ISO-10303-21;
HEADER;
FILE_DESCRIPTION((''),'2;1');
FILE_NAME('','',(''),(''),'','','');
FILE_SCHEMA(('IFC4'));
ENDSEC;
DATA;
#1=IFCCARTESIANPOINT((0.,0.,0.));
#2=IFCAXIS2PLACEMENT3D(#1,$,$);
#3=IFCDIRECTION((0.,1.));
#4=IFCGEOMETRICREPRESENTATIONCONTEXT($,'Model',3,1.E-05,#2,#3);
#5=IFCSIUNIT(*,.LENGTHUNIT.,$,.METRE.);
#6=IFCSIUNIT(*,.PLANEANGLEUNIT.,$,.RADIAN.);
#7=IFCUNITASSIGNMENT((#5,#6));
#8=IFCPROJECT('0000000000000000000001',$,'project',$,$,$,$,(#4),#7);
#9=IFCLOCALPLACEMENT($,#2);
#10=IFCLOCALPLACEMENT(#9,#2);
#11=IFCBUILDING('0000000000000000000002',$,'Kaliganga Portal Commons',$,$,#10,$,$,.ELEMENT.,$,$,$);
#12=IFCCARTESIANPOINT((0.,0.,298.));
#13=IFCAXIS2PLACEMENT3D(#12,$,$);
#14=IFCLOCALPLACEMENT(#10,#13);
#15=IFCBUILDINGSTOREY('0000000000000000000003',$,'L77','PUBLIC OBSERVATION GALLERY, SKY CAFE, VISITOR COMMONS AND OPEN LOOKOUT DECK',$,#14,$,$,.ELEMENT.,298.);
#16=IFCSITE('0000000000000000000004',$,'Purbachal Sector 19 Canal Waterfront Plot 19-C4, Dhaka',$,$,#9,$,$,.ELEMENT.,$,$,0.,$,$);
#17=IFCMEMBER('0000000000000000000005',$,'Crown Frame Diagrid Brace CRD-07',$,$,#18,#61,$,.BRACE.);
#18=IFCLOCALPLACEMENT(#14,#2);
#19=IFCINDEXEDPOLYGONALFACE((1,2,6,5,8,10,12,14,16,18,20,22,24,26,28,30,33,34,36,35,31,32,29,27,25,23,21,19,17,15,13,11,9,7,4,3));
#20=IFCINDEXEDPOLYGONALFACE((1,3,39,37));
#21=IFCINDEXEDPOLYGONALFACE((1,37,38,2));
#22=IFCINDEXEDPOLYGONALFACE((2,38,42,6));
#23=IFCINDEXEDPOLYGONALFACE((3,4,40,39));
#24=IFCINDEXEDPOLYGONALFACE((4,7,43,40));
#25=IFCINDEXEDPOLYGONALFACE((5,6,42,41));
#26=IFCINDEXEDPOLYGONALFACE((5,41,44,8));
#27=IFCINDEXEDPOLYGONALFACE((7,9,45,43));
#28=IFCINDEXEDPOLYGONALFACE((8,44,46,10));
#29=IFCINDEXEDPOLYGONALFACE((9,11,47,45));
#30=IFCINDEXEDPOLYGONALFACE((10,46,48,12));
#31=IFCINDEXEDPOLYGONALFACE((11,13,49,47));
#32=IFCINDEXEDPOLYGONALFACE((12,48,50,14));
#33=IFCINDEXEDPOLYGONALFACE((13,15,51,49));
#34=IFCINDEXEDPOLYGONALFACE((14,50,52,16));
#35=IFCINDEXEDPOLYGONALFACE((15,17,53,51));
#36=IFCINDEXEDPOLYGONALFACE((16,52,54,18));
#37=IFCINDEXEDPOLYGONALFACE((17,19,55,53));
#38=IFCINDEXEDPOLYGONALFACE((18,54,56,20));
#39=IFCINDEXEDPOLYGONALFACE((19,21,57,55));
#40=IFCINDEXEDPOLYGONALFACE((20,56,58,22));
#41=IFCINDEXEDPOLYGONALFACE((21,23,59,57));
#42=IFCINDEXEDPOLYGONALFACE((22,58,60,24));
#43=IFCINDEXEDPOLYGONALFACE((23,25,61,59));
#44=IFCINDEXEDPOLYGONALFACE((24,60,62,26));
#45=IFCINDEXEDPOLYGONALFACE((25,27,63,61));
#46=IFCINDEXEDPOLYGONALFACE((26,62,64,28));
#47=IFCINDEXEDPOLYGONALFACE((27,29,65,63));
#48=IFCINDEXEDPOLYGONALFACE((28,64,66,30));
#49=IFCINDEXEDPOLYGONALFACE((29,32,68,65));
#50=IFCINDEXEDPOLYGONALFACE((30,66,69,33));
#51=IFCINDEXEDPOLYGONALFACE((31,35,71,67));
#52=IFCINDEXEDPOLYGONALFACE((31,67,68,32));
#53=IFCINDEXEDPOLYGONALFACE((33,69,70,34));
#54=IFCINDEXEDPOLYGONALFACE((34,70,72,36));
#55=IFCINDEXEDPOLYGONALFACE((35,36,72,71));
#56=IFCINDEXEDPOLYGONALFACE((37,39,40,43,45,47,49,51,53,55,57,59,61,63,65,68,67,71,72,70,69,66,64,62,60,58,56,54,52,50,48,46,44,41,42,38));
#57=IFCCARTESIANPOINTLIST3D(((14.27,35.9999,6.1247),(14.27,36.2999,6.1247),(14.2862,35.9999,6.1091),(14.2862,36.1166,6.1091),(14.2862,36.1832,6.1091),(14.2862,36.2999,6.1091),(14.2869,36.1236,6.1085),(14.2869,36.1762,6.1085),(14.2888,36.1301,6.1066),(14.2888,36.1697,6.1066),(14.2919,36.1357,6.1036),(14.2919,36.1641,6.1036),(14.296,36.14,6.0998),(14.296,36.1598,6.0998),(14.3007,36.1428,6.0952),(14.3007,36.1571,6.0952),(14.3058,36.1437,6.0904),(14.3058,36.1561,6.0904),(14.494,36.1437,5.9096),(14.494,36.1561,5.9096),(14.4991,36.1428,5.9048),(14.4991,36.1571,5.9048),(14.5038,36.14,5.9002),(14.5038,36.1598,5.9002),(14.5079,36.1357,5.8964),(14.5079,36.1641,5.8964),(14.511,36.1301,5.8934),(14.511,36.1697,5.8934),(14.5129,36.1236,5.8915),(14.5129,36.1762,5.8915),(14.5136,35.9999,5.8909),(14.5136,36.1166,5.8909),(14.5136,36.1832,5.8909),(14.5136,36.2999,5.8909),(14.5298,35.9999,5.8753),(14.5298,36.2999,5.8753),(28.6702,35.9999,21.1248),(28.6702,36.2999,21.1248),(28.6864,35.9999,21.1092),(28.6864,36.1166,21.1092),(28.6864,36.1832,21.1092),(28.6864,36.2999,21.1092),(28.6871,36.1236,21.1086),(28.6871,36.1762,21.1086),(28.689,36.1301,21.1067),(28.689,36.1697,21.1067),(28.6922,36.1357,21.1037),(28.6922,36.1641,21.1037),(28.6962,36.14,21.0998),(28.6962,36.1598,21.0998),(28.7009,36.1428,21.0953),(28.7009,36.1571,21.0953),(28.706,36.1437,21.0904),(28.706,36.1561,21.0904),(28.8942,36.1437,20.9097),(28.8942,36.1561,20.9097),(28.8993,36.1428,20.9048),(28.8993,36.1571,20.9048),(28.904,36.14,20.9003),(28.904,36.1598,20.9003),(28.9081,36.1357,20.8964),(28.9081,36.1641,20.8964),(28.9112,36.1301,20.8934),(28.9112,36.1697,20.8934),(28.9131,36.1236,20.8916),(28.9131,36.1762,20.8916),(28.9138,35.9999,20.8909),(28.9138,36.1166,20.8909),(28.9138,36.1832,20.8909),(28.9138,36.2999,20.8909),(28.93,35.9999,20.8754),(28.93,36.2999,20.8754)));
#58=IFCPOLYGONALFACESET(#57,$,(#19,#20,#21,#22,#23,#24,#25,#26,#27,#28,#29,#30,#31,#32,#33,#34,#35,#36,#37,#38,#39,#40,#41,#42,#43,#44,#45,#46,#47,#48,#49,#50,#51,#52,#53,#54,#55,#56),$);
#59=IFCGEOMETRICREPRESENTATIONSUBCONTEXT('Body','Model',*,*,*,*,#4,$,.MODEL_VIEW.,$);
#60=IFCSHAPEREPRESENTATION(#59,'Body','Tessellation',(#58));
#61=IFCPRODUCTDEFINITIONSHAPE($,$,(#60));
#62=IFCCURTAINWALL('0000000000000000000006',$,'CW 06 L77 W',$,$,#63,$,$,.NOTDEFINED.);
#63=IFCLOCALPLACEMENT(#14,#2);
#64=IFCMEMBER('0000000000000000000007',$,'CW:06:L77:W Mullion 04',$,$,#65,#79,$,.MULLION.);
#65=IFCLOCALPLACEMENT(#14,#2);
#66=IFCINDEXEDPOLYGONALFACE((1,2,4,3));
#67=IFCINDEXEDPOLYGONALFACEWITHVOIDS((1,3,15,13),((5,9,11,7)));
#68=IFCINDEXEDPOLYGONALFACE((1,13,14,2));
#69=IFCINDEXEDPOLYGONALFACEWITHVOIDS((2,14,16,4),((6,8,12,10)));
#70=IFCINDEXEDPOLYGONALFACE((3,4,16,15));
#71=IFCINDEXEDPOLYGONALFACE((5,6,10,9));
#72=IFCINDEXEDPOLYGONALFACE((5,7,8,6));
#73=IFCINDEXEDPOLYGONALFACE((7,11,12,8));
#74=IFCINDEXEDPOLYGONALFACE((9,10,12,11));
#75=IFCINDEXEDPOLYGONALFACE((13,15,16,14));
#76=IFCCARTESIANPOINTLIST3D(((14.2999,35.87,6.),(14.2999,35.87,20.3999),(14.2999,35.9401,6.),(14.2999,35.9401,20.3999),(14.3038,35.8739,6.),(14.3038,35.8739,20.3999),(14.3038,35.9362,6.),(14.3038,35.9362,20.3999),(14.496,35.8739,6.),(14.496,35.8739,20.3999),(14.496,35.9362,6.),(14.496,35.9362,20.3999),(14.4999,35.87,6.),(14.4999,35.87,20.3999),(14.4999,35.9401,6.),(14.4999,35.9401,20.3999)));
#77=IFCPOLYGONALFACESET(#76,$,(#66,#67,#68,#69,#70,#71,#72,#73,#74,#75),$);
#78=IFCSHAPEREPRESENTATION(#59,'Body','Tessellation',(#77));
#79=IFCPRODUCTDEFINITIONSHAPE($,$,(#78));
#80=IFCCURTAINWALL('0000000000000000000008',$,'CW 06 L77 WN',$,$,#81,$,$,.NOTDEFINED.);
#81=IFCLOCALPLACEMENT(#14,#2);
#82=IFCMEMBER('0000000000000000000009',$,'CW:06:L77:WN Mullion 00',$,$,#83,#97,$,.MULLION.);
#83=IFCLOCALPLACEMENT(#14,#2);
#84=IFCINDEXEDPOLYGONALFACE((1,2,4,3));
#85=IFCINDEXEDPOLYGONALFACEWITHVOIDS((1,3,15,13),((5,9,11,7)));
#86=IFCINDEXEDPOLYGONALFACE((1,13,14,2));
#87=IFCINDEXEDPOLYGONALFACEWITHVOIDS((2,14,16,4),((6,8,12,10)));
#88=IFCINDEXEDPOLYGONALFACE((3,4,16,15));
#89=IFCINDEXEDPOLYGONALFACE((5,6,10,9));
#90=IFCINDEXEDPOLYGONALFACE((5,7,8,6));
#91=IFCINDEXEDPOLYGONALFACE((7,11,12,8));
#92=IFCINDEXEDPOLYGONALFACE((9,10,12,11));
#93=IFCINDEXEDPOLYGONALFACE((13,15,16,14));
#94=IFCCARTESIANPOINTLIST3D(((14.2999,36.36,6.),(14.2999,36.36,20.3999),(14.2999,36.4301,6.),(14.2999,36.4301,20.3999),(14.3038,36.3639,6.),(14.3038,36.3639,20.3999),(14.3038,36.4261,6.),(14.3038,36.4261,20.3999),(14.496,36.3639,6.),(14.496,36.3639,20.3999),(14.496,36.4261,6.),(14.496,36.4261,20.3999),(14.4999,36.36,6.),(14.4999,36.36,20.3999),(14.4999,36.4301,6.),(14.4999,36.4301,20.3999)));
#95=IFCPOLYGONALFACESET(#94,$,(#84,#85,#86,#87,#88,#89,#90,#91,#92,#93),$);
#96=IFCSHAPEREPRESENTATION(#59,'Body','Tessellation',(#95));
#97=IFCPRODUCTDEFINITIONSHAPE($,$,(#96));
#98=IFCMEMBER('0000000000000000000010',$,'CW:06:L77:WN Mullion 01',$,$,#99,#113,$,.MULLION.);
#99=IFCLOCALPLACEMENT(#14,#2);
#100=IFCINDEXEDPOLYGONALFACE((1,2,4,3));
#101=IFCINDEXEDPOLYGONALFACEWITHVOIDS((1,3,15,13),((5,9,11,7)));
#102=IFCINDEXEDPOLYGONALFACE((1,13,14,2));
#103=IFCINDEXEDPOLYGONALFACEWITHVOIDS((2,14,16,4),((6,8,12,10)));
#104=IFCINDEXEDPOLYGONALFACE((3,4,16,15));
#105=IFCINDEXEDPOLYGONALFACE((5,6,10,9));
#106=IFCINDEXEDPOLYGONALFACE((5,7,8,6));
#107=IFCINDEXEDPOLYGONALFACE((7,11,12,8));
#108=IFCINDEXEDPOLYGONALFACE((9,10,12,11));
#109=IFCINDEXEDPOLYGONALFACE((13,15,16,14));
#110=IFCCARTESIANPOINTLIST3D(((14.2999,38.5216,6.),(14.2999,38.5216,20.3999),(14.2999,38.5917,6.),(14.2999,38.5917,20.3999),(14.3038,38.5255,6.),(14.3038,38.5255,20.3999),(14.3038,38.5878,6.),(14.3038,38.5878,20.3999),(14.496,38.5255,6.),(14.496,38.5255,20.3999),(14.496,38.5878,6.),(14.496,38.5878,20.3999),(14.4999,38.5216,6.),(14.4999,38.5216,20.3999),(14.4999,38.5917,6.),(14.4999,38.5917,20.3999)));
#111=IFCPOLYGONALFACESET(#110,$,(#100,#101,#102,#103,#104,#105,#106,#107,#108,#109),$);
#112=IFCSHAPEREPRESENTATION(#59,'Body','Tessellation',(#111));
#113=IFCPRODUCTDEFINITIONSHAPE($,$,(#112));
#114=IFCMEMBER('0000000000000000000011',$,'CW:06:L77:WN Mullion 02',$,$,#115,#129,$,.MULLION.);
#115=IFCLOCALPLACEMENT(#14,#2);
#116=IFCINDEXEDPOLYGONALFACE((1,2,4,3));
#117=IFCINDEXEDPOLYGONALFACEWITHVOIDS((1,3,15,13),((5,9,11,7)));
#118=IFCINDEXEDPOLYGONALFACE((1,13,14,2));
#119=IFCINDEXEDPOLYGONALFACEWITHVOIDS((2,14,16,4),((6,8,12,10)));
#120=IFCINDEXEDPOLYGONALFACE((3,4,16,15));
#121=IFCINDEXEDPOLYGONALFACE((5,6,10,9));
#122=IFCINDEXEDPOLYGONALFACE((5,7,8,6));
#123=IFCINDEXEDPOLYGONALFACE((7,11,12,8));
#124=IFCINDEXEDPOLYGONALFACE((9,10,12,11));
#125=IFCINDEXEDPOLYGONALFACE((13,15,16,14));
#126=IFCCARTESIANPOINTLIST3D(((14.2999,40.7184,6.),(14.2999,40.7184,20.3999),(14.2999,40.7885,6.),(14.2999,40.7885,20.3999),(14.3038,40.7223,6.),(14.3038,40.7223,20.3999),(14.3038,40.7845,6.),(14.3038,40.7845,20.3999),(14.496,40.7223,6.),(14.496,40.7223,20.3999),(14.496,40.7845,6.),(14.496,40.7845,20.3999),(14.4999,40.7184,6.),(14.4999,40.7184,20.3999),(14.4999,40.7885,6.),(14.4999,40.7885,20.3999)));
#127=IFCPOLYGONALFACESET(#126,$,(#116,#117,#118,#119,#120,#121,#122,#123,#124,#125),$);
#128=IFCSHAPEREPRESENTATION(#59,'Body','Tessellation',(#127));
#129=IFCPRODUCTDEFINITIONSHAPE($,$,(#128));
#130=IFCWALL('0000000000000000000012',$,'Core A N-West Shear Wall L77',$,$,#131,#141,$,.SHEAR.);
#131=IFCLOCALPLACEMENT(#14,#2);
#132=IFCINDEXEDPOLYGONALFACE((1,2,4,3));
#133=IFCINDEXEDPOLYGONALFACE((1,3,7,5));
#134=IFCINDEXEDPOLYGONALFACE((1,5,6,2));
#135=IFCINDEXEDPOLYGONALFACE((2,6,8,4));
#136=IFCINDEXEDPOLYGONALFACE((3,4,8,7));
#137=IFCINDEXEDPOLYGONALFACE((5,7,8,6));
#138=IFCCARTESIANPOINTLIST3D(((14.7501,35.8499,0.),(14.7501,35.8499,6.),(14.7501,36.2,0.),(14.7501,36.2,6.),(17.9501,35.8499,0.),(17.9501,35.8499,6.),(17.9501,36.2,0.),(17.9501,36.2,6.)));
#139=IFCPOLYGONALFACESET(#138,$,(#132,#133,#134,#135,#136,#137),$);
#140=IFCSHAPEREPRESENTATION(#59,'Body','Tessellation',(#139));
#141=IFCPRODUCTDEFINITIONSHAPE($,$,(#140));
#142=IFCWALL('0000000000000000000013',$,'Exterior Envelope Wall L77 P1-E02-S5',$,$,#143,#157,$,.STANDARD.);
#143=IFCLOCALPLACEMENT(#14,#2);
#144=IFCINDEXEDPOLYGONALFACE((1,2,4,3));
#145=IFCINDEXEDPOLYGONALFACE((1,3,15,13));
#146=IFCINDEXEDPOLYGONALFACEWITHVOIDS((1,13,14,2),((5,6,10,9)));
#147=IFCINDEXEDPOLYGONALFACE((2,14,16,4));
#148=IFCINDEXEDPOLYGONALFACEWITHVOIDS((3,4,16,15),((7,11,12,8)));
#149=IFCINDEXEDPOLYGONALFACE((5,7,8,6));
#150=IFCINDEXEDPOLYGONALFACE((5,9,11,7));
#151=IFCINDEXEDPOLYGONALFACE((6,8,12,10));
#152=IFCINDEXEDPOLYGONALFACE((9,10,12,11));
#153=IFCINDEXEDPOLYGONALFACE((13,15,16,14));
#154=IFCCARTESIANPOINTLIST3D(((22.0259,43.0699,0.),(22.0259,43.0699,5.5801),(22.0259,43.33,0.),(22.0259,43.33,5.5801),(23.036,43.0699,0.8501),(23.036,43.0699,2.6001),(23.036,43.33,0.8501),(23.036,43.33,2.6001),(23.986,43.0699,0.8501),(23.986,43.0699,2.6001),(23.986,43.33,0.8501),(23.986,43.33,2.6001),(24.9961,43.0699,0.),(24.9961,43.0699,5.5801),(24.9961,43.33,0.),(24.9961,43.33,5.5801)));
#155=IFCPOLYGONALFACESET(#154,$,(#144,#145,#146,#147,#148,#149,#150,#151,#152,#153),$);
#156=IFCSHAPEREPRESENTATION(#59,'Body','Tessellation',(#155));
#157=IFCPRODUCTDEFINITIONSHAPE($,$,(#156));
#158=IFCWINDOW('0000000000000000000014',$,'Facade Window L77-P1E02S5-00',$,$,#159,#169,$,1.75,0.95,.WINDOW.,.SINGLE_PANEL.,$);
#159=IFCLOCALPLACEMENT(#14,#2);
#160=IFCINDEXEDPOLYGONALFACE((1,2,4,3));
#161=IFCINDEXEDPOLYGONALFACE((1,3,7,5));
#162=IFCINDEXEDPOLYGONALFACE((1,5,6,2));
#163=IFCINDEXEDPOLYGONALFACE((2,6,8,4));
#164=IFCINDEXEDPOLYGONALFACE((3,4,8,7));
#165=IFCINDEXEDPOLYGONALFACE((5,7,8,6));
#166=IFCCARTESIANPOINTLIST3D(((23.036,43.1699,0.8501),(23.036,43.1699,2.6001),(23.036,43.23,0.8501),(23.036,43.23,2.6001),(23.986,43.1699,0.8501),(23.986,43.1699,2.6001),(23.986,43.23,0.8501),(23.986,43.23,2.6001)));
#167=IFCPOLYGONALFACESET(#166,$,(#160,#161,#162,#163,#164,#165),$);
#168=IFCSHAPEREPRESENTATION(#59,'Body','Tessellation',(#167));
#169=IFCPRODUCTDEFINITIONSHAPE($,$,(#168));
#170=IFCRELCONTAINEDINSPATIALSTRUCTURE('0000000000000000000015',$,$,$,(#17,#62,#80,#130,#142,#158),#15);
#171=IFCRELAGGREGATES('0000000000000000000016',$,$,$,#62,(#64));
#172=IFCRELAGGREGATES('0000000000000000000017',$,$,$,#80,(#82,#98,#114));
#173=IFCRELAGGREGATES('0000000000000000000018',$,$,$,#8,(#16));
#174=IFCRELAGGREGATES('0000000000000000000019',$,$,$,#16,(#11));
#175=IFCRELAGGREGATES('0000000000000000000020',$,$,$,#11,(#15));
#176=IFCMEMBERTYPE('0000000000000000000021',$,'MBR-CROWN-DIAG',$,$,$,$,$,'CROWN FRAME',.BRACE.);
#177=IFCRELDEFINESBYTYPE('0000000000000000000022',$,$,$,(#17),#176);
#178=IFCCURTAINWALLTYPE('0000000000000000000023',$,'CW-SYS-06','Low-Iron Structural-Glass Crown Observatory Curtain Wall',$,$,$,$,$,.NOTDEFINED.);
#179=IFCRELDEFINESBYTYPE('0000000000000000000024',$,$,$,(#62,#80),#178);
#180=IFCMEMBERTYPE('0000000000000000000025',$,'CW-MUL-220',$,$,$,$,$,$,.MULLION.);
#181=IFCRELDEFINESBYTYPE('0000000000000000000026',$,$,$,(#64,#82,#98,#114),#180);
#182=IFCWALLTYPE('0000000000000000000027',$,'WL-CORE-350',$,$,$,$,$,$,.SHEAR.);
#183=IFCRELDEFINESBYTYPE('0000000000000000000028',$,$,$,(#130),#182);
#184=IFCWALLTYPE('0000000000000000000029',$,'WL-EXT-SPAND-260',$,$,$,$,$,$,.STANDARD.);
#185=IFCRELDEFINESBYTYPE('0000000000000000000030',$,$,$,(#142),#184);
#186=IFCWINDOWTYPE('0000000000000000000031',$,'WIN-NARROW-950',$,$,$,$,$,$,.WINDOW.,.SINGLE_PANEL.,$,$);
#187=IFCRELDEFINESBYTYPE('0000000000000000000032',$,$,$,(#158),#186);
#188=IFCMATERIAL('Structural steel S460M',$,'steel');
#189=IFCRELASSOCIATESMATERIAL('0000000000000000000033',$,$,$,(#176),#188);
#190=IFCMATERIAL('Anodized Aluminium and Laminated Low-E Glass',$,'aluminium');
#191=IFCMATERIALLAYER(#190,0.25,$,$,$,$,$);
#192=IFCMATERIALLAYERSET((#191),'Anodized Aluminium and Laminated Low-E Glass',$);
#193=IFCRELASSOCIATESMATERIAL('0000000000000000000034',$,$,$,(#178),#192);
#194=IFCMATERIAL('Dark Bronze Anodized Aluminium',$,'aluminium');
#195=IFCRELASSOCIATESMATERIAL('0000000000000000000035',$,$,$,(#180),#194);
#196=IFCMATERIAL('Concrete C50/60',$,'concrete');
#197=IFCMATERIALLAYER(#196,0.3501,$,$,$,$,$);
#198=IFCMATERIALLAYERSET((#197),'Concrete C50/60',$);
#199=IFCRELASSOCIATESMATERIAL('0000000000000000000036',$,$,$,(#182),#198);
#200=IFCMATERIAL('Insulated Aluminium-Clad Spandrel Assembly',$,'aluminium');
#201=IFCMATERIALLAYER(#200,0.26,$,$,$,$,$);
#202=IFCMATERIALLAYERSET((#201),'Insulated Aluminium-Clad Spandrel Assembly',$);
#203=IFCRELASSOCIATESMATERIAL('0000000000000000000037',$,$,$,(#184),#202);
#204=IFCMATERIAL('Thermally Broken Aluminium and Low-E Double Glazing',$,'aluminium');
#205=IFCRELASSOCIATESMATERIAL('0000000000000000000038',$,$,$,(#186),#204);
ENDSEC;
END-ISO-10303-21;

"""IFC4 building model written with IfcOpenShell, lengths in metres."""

from ifc_helpers import new_model, si_unit, direction, frame, frame_2d, origin, origin_2d, place, context, subcontext, project, spatial, rectangle, hollow_rectangle, i_section, extrude, source, transform, mapped, material, layer, layer_set, material_profile, profile_set, type_object, element, fill, aggregate, save


model = new_model("IFC4")

# Units and contexts
model_context = context("Model", 3, precision=1e-05, world=origin(), true_north=direction((0.0, 1.0)))
body_context = subcontext(model_context, "Body", "Model", "MODEL_VIEW")
ifc_project = project(units=[si_unit("LENGTHUNIT", "METRE"), si_unit("PLANEANGLEUNIT", "RADIAN")], contexts=[model_context])

# Site, building, storey
site_placement = place(None, origin())
site = spatial("IfcSite", under=ifc_project, at=site_placement, Name="Purbachal Sector 19 Canal Waterfront Plot 19-C4, Dhaka", CompositionType="ELEMENT", RefElevation=0.0)
building_placement = place(site_placement, origin())
building = spatial("IfcBuilding", under=site, at=building_placement, Name="Kaliganga Portal Commons", CompositionType="ELEMENT")
storey_placement = place(building_placement, frame((0.0, 0.0, 298.0)))
storey = spatial("IfcBuildingStorey", under=building, at=storey_placement, Name="L77", Description="PUBLIC OBSERVATION GALLERY, SKY CAFE, VISITOR COMMONS AND OPEN LOOKOUT DECK", CompositionType="ELEMENT", Elevation=298.0)

# Shared definitions
ifc_material_1 = material(Name="Concrete C50/60", Category="concrete")
ifc_material_2 = material(Name="Structural steel S460M", Category="steel")

# Member
ifc_material_profile_1 = material_profile(ifc_material_2, i_section(OverallWidth=0.3, OverallDepth=0.3601, WebThickness=0.0125, FlangeThickness=0.0225, FilletRadius=0.0271, at=origin_2d()), Name="HE 360 B")
ifc_profile_set_1 = profile_set([ifc_material_profile_1], Name="Structural steel S460M wide-flange")
member_type_1 = type_object("IfcMemberType", Name="MBR-CROWN-DIAG", ElementType="CROWN FRAME", PredefinedType="BRACE", material=ifc_profile_set_1)
shared_shape_1 = source(origin(), body_context, "Body", "SweptSolid", [
    extrude(i_section(OverallWidth=0.3, OverallDepth=0.3601, WebThickness=0.0125, FlangeThickness=0.0225, FilletRadius=0.0271, at=origin_2d()), origin(), (0.0, 0.0, 1.0), 20.7935),
])
member_1_placement = place(storey_placement, frame((14.3999, 36.1499, 6.0), z_axis=(0.692535, 0.0, 0.721384), x_axis=(0.0, 1.0, 0.0)))
element("IfcMember", 1, at=member_1_placement, inside=storey, type_object=member_type_1, Name="Crown Frame Diagrid Brace CRD-07", PredefinedType="BRACE", context=body_context, shape_type="MappedRepresentation", body=[
    mapped(shared_shape_1, transform((0.0, 0.0, 0.0), x_axis=(1.0, 0.0, 0.0), y_axis=(0.0, 1.0, 0.0), z_axis=(0.0, 0.0, 1.0), scale=1.0)),
])

# Curtain wall, member
ifc_material_3 = material(Name="Anodized Aluminium and Laminated Low-E Glass", Category="aluminium")
ifc_layer_1 = layer(ifc_material_3, 0.25)
ifc_layer_set_1 = layer_set([ifc_layer_1], Name="Anodized Aluminium and Laminated Low-E Glass")
curtain_wall_type = type_object("IfcCurtainWallType", Name="CW-SYS-06", Description="Low-Iron Structural-Glass Crown Observatory Curtain Wall", PredefinedType="NOTDEFINED", material=ifc_layer_set_1)
curtain_wall_1_placement = place(storey_placement, origin())
curtain_wall_1 = element("IfcCurtainWall", 2, at=curtain_wall_1_placement, inside=storey, type_object=curtain_wall_type, Name="CW 06 L77 W", PredefinedType="NOTDEFINED")
ifc_material_4 = material(Name="Dark Bronze Anodized Aluminium", Category="aluminium")
ifc_material_profile_2 = material_profile(ifc_material_4, hollow_rectangle(XDim=0.0701, YDim=0.2, WallThickness=0.0039, at=origin_2d()), Name="ALU MULL 70x200x4")
ifc_profile_set_2 = profile_set([ifc_material_profile_2], Name="Dark Bronze Anodized Aluminium")
member_type_2 = type_object("IfcMemberType", Name="CW-MUL-220", PredefinedType="MULLION", material=ifc_profile_set_2)
shared_shape_2 = source(origin(), body_context, "Body", "SweptSolid", [
    extrude(hollow_rectangle(XDim=0.0701, YDim=0.2, WallThickness=0.0039, at=origin_2d()), origin(), (0.0, 0.0, 1.0), 14.3999),
])
member_2_placement = place(storey_placement, frame((14.3999, 35.905, 6.0), z_axis=(0.0, 0.0, 1.0), x_axis=(0.0, 1.0, 0.0)))
member_2 = element("IfcMember", 3, at=member_2_placement, type_object=member_type_2, Name="CW:06:L77:W Mullion 04", PredefinedType="MULLION", context=body_context, shape_type="MappedRepresentation", body=[
    mapped(shared_shape_2, transform((0.0, 0.0, 0.0), x_axis=(1.0, 0.0, 0.0), y_axis=(0.0, 1.0, 0.0), z_axis=(0.0, 0.0, 1.0), scale=1.0)),
])
aggregate(curtain_wall_1, [member_2])

# Curtain wall, members
curtain_wall_2_placement = place(storey_placement, origin())
curtain_wall_2 = element("IfcCurtainWall", 4, at=curtain_wall_2_placement, inside=storey, type_object=curtain_wall_type, Name="CW 06 L77 WN", PredefinedType="NOTDEFINED")
member_3_placement = place(storey_placement, frame((14.3999, 36.395, 6.0), z_axis=(0.0, 0.0, 1.0), x_axis=(0.0, 1.0, 0.0)))
member_3 = element("IfcMember", 5, at=member_3_placement, type_object=member_type_2, Name="CW:06:L77:WN Mullion 00", PredefinedType="MULLION", context=body_context, shape_type="MappedRepresentation", body=[
    mapped(shared_shape_2, transform((0.0, 0.0, 0.0), x_axis=(1.0, 0.0, 0.0), y_axis=(0.0, 1.0, 0.0), z_axis=(0.0, 0.0, 1.0), scale=1.0)),
])
member_4_placement = place(storey_placement, frame((14.3999, 38.5566, 6.0), z_axis=(0.0, 0.0, 1.0), x_axis=(0.0, 1.0, 0.0)))
member_4 = element("IfcMember", 6, at=member_4_placement, type_object=member_type_2, Name="CW:06:L77:WN Mullion 01", PredefinedType="MULLION", context=body_context, shape_type="MappedRepresentation", body=[
    mapped(shared_shape_2, transform((0.0, 0.0, 0.0), x_axis=(1.0, 0.0, 0.0), y_axis=(0.0, 1.0, 0.0), z_axis=(0.0, 0.0, 1.0), scale=1.0)),
])
member_5_placement = place(storey_placement, frame((14.3999, 40.7534, 6.0), z_axis=(0.0, 0.0, 1.0), x_axis=(0.0, 1.0, 0.0)))
member_5 = element("IfcMember", 7, at=member_5_placement, type_object=member_type_2, Name="CW:06:L77:WN Mullion 02", PredefinedType="MULLION", context=body_context, shape_type="MappedRepresentation", body=[
    mapped(shared_shape_2, transform((0.0, 0.0, 0.0), x_axis=(1.0, 0.0, 0.0), y_axis=(0.0, 1.0, 0.0), z_axis=(0.0, 0.0, 1.0), scale=1.0)),
])
aggregate(curtain_wall_2, [member_3, member_4, member_5])

# Wall
ifc_layer_2 = layer(ifc_material_1, 0.3501)
ifc_layer_set_2 = layer_set([ifc_layer_2], Name="Concrete C50/60")
wall_type_1 = type_object("IfcWallType", Name="WL-CORE-350", PredefinedType="SHEAR", material=ifc_layer_set_2)
wall_1_placement = place(storey_placement, frame((14.75, 36.0249, 0.0), z_axis=(0.0, 0.0, 1.0), x_axis=(1.0, 0.0, 0.0)))
element("IfcWall", 8, at=wall_1_placement, inside=storey, type_object=wall_type_1, Name="Core A N-West Shear Wall L77", PredefinedType="SHEAR", context=body_context, shape_type="SweptSolid", body=[
    extrude(rectangle(XDim=3.2, YDim=0.3501, at=frame_2d((1.6001, 0.0))), origin(), (0.0, 0.0, 1.0), 6.0),
])

# Wall, opening, window
ifc_material_5 = material(Name="Insulated Aluminium-Clad Spandrel Assembly", Category="aluminium")
ifc_layer_3 = layer(ifc_material_5, 0.26)
ifc_layer_set_3 = layer_set([ifc_layer_3], Name="Insulated Aluminium-Clad Spandrel Assembly")
wall_type_2 = type_object("IfcWallType", Name="WL-EXT-SPAND-260", PredefinedType="STANDARD", material=ifc_layer_set_3)
wall_2_placement = place(storey_placement, frame((22.0259, 43.2, 0.0), z_axis=(0.0, 0.0, 1.0), x_axis=(1.0, 0.0, 0.0)))
wall_2 = element("IfcWall", 9, at=wall_2_placement, inside=storey, type_object=wall_type_2, Name="Exterior Envelope Wall L77 P1-E02-S5", PredefinedType="STANDARD", context=body_context, shape_type="SweptSolid", body=[
    extrude(rectangle(XDim=2.9702, YDim=0.26, at=frame_2d((1.4851, 0.0))), origin(), (0.0, 0.0, 1.0), 5.5801),
])
opening_1_placement = place(wall_2_placement, frame((1.01, 0.0, 0.8501)))
opening_1 = element("IfcOpeningElement", 10, at=opening_1_placement, cuts=wall_2, PredefinedType="OPENING", context=body_context, shape_type="SweptSolid", body=[
    extrude(rectangle(XDim=0.95, YDim=1.75, at=frame_2d((0.4751, 0.875))), frame((0.0, 0.1401, 0.0), z_axis=(0.0, -1.0, 0.0), x_axis=(1.0, 0.0, 0.0)), (0.0, 0.0, 1.0), 0.28),
])
ifc_material_6 = material(Name="Thermally Broken Aluminium and Low-E Double Glazing", Category="aluminium")
window_type = type_object("IfcWindowType", Name="WIN-NARROW-950", PartitioningType="SINGLE_PANEL", PredefinedType="WINDOW", material=ifc_material_6)
window_1_placement = place(opening_1_placement, origin())
window_1 = element("IfcWindow", 11, at=window_1_placement, inside=storey, type_object=window_type, Name="Facade Window L77-P1E02S5-00", OverallHeight=1.75, OverallWidth=0.95, PartitioningType="SINGLE_PANEL", PredefinedType="WINDOW", context=body_context, shape_type="SweptSolid", body=[
    extrude(rectangle(XDim=0.95, YDim=1.75, at=frame_2d((0.4751, 0.875))), frame((0.0, 0.03, 0.0), z_axis=(0.0, -1.0, 0.0), x_axis=(1.0, 0.0, 0.0)), (0.0, 0.0, 1.0), 0.0601),
])
fill(opening_1, window_1)

save(model, "model.ifc")
